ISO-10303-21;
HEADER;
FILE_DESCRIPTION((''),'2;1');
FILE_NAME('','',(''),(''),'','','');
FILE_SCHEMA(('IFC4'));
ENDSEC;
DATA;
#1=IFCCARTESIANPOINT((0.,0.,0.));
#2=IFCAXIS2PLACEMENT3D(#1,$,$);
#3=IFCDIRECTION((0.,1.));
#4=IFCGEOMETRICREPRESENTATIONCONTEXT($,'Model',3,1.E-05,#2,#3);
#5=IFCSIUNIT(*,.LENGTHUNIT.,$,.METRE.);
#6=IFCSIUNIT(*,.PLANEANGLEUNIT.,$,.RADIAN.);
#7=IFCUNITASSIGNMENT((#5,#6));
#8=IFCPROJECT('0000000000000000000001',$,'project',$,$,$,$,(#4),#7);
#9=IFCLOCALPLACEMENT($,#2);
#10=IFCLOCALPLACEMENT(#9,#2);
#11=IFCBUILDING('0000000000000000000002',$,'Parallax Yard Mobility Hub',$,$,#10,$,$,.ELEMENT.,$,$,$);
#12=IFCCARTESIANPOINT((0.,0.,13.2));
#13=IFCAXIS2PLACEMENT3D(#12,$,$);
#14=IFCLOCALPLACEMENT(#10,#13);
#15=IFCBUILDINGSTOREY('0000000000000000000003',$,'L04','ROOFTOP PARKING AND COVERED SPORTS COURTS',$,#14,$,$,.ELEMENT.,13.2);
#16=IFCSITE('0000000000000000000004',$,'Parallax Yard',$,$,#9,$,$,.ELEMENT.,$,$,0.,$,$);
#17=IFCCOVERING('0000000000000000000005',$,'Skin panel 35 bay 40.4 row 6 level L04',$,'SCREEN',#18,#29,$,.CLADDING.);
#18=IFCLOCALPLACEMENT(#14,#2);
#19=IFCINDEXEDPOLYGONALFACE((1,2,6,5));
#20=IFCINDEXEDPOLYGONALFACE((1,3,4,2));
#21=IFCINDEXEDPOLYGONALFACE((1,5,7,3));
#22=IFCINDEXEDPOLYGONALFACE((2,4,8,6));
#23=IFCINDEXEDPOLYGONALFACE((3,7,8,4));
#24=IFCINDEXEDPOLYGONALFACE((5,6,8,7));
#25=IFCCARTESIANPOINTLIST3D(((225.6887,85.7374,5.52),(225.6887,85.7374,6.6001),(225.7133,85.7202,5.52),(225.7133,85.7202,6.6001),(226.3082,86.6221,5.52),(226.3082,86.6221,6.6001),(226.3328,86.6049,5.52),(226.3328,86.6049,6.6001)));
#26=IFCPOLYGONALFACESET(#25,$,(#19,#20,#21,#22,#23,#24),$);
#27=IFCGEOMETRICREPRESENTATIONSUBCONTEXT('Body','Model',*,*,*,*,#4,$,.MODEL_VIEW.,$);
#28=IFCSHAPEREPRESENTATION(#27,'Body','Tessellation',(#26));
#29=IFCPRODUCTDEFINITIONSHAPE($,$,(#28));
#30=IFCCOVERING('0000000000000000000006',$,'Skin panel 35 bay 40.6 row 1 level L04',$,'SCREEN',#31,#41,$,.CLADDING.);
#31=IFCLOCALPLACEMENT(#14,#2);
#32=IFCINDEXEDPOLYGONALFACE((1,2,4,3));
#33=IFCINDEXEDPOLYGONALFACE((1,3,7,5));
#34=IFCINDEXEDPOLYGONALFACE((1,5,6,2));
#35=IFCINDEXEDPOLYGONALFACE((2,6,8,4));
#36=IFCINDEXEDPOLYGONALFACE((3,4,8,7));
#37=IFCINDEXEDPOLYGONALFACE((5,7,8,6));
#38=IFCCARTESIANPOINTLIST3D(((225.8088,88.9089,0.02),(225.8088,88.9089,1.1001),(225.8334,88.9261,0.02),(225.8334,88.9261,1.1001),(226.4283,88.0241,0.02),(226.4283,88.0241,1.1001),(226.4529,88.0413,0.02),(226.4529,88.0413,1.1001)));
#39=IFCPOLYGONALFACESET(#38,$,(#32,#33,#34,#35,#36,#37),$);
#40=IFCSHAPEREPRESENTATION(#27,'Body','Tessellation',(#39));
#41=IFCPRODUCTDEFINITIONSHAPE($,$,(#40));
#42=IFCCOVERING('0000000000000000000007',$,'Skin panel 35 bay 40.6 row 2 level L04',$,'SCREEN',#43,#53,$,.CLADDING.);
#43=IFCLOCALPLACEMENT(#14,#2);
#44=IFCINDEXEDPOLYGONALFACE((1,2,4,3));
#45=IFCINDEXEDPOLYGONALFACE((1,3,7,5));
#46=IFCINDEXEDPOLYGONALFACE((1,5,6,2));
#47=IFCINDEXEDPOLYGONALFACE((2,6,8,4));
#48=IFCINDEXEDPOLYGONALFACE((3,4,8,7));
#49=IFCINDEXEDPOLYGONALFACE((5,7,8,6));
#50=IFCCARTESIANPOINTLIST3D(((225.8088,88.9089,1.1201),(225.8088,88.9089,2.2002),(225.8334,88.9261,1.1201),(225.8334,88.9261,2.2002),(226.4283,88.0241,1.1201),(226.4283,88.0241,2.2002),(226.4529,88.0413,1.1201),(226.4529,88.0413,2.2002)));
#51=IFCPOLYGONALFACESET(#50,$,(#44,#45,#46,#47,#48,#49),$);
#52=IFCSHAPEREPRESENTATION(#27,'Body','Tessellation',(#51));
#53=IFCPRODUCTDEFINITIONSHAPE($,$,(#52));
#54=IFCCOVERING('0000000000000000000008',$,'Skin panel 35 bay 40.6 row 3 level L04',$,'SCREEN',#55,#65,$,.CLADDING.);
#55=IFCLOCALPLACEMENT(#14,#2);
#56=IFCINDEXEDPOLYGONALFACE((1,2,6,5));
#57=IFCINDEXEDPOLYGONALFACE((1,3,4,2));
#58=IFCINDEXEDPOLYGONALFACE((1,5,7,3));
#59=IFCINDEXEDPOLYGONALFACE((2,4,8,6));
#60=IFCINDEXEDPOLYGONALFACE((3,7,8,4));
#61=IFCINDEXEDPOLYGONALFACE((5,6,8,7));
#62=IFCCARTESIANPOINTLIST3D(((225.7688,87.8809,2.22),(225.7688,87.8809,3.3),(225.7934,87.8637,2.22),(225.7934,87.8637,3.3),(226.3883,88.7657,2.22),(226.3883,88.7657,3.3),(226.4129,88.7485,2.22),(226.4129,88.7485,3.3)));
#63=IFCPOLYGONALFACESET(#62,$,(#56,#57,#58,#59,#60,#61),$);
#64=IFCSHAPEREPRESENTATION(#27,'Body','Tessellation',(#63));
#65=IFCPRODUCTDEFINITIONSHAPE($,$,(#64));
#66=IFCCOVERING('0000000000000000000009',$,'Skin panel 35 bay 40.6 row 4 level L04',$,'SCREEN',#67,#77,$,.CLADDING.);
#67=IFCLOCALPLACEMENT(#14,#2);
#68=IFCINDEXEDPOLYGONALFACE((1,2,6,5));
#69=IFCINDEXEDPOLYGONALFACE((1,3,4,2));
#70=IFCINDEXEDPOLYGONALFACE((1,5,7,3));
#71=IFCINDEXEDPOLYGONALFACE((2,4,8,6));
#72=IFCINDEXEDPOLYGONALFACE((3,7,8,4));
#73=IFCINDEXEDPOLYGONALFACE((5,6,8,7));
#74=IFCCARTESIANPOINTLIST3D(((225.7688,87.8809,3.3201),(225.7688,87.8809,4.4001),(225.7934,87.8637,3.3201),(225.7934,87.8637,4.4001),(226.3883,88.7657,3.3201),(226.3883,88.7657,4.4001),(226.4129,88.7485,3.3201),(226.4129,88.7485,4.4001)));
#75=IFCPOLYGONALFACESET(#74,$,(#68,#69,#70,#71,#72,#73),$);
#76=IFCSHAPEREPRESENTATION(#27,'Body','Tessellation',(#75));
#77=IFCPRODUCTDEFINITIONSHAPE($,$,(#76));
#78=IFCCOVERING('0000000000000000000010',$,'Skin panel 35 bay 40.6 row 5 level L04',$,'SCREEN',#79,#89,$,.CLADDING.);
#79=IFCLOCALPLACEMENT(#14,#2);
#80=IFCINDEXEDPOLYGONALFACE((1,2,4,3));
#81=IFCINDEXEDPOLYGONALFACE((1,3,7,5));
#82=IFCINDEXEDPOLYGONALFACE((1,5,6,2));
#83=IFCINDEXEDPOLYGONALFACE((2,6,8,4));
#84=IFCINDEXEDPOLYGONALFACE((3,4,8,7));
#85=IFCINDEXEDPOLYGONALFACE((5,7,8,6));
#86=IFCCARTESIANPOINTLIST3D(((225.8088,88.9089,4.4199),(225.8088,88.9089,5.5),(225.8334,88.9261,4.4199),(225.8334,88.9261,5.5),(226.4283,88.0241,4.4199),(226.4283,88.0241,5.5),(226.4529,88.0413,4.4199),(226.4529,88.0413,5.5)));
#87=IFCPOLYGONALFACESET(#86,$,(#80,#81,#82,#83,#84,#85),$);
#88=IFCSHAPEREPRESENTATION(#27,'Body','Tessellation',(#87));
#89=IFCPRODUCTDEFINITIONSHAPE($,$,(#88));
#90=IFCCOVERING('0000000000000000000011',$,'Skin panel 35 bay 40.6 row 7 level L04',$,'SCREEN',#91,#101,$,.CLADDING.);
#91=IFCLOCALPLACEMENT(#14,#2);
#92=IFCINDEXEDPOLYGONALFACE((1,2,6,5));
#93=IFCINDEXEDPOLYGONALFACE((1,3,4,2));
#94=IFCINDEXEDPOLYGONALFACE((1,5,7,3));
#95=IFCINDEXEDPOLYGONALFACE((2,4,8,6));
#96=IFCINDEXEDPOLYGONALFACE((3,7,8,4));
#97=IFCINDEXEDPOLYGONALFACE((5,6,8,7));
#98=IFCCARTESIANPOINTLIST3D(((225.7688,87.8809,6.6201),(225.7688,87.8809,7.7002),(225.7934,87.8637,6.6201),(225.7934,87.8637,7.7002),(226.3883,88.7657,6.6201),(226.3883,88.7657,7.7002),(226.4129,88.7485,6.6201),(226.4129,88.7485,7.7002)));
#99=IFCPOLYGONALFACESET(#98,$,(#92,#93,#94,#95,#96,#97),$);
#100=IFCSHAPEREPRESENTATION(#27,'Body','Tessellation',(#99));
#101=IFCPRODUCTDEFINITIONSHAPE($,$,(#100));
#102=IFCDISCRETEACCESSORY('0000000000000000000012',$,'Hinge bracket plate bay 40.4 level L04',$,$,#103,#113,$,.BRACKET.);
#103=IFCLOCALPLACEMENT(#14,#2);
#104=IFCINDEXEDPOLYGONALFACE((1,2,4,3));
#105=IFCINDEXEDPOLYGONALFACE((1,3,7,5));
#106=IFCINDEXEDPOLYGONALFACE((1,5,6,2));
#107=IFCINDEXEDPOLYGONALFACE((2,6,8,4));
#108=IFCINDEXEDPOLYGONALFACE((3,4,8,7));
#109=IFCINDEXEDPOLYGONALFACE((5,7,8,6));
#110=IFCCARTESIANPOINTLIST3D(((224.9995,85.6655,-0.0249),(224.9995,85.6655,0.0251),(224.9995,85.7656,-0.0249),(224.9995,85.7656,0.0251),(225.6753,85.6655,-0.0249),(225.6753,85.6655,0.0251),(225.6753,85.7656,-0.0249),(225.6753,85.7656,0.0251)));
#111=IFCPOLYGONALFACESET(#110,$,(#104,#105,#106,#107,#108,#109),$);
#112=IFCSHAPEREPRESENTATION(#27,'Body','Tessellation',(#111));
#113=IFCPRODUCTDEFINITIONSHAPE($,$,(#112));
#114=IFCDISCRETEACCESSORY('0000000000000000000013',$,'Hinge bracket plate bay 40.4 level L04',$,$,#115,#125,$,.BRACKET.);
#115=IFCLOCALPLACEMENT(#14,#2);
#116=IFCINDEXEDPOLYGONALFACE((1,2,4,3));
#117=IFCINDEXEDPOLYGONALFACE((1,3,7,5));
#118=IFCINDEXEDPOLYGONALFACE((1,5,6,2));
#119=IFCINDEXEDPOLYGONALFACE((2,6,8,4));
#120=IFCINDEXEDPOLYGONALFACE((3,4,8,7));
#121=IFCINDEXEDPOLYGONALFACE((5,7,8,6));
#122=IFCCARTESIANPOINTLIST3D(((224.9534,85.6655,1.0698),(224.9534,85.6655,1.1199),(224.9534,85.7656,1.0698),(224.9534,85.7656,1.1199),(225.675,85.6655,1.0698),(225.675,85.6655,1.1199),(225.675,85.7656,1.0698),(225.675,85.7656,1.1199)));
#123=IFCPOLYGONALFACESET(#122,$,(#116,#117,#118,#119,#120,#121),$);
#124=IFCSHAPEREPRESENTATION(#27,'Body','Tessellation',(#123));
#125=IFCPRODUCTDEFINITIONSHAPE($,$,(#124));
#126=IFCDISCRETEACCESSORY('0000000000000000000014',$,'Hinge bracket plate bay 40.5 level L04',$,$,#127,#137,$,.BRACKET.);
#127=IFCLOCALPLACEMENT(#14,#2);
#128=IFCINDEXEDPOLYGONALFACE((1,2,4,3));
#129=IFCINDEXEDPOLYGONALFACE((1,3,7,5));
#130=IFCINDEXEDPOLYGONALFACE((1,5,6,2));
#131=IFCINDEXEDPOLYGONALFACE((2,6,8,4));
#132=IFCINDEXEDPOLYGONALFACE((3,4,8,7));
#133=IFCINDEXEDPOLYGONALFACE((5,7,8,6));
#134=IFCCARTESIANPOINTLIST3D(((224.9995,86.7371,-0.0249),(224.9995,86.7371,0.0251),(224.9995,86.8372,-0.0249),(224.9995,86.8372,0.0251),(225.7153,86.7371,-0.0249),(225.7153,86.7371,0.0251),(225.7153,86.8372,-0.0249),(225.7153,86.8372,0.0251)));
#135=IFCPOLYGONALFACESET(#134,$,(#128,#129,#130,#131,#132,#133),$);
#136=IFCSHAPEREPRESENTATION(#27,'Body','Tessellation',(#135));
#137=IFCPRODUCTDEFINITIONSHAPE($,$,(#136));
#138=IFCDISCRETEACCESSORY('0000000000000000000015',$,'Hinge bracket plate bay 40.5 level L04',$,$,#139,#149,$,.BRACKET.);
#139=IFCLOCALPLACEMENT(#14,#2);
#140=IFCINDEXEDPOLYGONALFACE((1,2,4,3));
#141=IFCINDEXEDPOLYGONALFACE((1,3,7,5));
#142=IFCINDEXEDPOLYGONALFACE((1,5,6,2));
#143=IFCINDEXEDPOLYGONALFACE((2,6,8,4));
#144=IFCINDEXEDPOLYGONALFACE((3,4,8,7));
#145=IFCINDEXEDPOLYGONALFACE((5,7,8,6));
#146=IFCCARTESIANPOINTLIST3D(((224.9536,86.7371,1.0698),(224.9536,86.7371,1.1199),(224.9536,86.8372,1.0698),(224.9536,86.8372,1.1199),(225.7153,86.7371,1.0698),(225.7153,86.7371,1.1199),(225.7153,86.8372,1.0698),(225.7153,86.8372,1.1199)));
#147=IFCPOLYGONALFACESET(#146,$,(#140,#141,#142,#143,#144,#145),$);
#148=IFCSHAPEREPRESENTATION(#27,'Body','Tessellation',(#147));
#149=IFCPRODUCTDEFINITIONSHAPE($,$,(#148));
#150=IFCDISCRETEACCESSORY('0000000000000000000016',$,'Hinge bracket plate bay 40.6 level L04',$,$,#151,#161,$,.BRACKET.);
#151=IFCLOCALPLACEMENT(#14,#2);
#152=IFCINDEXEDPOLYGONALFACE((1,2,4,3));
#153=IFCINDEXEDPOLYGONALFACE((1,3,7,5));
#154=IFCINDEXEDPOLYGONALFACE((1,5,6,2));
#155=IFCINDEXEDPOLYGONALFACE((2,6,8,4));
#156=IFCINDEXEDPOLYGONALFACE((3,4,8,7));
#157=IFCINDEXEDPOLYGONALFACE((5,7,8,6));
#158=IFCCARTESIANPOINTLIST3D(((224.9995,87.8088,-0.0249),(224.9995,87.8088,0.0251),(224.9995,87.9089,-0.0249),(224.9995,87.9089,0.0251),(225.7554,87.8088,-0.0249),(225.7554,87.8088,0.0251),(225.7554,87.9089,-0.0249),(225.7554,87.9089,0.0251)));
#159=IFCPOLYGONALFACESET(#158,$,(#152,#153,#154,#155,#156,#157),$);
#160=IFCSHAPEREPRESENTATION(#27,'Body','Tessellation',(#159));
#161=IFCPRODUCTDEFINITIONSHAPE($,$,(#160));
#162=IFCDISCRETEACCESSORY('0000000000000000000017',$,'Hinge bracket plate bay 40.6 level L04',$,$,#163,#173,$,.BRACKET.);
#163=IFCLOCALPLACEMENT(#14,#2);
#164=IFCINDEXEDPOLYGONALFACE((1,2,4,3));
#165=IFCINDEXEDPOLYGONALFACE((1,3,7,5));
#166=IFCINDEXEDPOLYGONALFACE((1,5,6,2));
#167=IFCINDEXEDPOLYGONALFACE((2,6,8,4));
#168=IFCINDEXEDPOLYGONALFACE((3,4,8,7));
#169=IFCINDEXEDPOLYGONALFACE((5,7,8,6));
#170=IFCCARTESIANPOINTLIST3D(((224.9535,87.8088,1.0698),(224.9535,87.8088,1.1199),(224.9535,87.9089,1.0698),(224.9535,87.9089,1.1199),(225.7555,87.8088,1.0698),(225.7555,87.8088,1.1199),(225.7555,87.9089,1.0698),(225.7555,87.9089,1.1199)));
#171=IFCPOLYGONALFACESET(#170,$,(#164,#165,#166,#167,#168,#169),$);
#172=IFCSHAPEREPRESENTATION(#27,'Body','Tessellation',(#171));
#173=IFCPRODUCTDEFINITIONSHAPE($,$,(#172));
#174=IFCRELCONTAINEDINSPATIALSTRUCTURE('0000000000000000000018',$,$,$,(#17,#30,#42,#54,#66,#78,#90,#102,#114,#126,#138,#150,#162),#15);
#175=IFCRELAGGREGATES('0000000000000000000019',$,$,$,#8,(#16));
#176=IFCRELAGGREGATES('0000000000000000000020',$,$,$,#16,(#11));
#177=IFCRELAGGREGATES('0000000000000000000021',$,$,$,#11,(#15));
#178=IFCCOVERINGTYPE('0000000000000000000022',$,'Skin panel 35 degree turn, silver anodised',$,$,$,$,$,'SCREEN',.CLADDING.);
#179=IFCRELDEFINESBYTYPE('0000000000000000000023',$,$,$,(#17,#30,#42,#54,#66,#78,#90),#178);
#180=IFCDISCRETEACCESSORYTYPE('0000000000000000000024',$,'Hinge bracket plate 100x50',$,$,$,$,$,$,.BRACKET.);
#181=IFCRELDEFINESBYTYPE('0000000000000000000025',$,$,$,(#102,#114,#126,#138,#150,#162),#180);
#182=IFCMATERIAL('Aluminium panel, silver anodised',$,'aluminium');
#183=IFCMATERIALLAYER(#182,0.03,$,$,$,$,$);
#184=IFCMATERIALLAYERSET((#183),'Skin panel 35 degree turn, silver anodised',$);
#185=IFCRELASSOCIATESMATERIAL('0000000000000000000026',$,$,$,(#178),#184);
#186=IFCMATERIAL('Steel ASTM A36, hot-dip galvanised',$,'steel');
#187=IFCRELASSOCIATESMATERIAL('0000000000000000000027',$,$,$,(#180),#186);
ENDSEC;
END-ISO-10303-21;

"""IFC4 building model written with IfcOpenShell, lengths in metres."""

from ifc_helpers import new_model, si_unit, direction, frame, origin, origin_2d, place, context, subcontext, project, spatial, rectangle, extrude, material, layer, layer_set, type_object, element, save


model = new_model("IFC4")

# Units and contexts
model_context = context("Model", 3, precision=1e-05, world=origin(), true_north=direction((0.0, 1.0)))
body_context = subcontext(model_context, "Body", "Model", "MODEL_VIEW")
ifc_project = project(units=[si_unit("LENGTHUNIT", "METRE"), si_unit("PLANEANGLEUNIT", "RADIAN")], contexts=[model_context])

# Site, building, storey
site_placement = place(None, origin())
site = spatial("IfcSite", under=ifc_project, at=site_placement, Name="Parallax Yard", CompositionType="ELEMENT", RefElevation=0.0)
building_placement = place(site_placement, origin())
building = spatial("IfcBuilding", under=site, at=building_placement, Name="Parallax Yard Mobility Hub", CompositionType="ELEMENT")
storey_placement = place(building_placement, frame((0.0, 0.0, 13.2)))
storey = spatial("IfcBuildingStorey", under=building, at=storey_placement, Name="L04", Description="ROOFTOP PARKING AND COVERED SPORTS COURTS", CompositionType="ELEMENT", Elevation=13.2)

# Coverings
ifc_material_1 = material(Name="Aluminium panel, silver anodised", Category="aluminium")
ifc_layer_1 = layer(ifc_material_1, 0.03)
ifc_layer_set_1 = layer_set([ifc_layer_1], Name="Skin panel 35 degree turn, silver anodised")
covering_type_1 = type_object("IfcCoveringType", Name="Skin panel 35 degree turn, silver anodised", ElementType="SCREEN", PredefinedType="CLADDING", material=ifc_layer_set_1)
for number, where, z_axis, x_axis, name in (
    (1, (226.0107, 86.1711, 5.52), (0.0, 0.0, 1.0), (0.573576, 0.819152, 0.0), "Skin panel 35 bay 40.4 row 6 level L04"),
    (2, (226.1309, 88.4751, 0.02), (0.0, 0.0, 1.0), (0.573576, -0.819152, 0.0), "Skin panel 35 bay 40.6 row 1 level L04"),
    (3, (226.1309, 88.4751, 1.1201), (0.0, 0.0, 1.0), (0.573576, -0.819152, 0.0), "Skin panel 35 bay 40.6 row 2 level L04"),
    (4, (226.0908, 88.3147, 2.22), (0.0, 0.0, 1.0), (0.573576, 0.819152, 0.0), "Skin panel 35 bay 40.6 row 3 level L04"),
    (5, (226.0908, 88.3147, 3.3201), (0.0, 0.0, 1.0), (0.573576, 0.819152, 0.0), "Skin panel 35 bay 40.6 row 4 level L04"),
    (6, (226.1309, 88.4751, 4.4199), (0.0, 0.0, 1.0), (0.573576, -0.819152, 0.0), "Skin panel 35 bay 40.6 row 5 level L04"),
    (7, (226.0908, 88.3147, 6.6201), (0.0, 0.0, 1.0), (0.573576, 0.819152, 0.0), "Skin panel 35 bay 40.6 row 7 level L04"),
):
    element("IfcCovering", number, at=place(storey_placement, frame(where, z_axis=z_axis, x_axis=x_axis)), inside=storey, type_object=covering_type_1, Name=name, ObjectType="SCREEN", PredefinedType="CLADDING", context=body_context, shape_type="SweptSolid", body=[
        extrude(rectangle(XDim=1.0801, YDim=0.03, at=origin_2d()), origin(), (0.0, 0.0, 1.0), 1.0801),
    ])

# Discrete accessories
ifc_material_2 = material(Name="Steel ASTM A36, hot-dip galvanised", Category="steel")
discrete_accessory_type_1 = type_object("IfcDiscreteAccessoryType", Name="Hinge bracket plate 100x50", PredefinedType="BRACKET", material=ifc_material_2)
discrete_accessory_1_placement = place(storey_placement, frame((225.3374, 85.7156, -0.0249), z_axis=(0.0, 0.0, 1.0), x_axis=(1.0, 0.0, 0.0)))
element("IfcDiscreteAccessory", 8, at=discrete_accessory_1_placement, inside=storey, type_object=discrete_accessory_type_1, Name="Hinge bracket plate bay 40.4 level L04", PredefinedType="BRACKET", context=body_context, shape_type="SweptSolid", body=[
    extrude(rectangle(XDim=0.6758, YDim=0.1001, at=origin_2d()), origin(), (0.0, 0.0, 1.0), 0.05),
])
discrete_accessory_2_placement = place(storey_placement, frame((225.3142, 85.7156, 1.0698), z_axis=(0.0, 0.0, 1.0), x_axis=(1.0, 0.0, 0.0)))
element("IfcDiscreteAccessory", 9, at=discrete_accessory_2_placement, inside=storey, type_object=discrete_accessory_type_1, Name="Hinge bracket plate bay 40.4 level L04", PredefinedType="BRACKET", context=body_context, shape_type="SweptSolid", body=[
    extrude(rectangle(XDim=0.7217, YDim=0.1001, at=origin_2d()), origin(), (0.0, 0.0, 1.0), 0.05),
])
discrete_accessory_3_placement = place(storey_placement, frame((225.3574, 86.7871, -0.0249), z_axis=(0.0, 0.0, 1.0), x_axis=(1.0, 0.0, 0.0)))
element("IfcDiscreteAccessory", 10, at=discrete_accessory_3_placement, inside=storey, type_object=discrete_accessory_type_1, Name="Hinge bracket plate bay 40.5 level L04", PredefinedType="BRACKET", context=body_context, shape_type="SweptSolid", body=[
    extrude(rectangle(XDim=0.7158, YDim=0.1001, at=origin_2d()), origin(), (0.0, 0.0, 1.0), 0.05),
])
discrete_accessory_4_placement = place(storey_placement, frame((225.3345, 86.7871, 1.0698), z_axis=(0.0, 0.0, 1.0), x_axis=(1.0, 0.0, 0.0)))
element("IfcDiscreteAccessory", 11, at=discrete_accessory_4_placement, inside=storey, type_object=discrete_accessory_type_1, Name="Hinge bracket plate bay 40.5 level L04", PredefinedType="BRACKET", context=body_context, shape_type="SweptSolid", body=[
    extrude(rectangle(XDim=0.7617, YDim=0.1001, at=origin_2d()), origin(), (0.0, 0.0, 1.0), 0.05),
])
discrete_accessory_5_placement = place(storey_placement, frame((225.3774, 87.8589, -0.0249), z_axis=(0.0, 0.0, 1.0), x_axis=(1.0, 0.0, 0.0)))
element("IfcDiscreteAccessory", 12, at=discrete_accessory_5_placement, inside=storey, type_object=discrete_accessory_type_1, Name="Hinge bracket plate bay 40.6 level L04", PredefinedType="BRACKET", context=body_context, shape_type="SweptSolid", body=[
    extrude(rectangle(XDim=0.7559, YDim=0.1001, at=origin_2d()), origin(), (0.0, 0.0, 1.0), 0.05),
])
discrete_accessory_6_placement = place(storey_placement, frame((225.3545, 87.8589, 1.0698), z_axis=(0.0, 0.0, 1.0), x_axis=(1.0, 0.0, 0.0)))
element("IfcDiscreteAccessory", 13, at=discrete_accessory_6_placement, inside=storey, type_object=discrete_accessory_type_1, Name="Hinge bracket plate bay 40.6 level L04", PredefinedType="BRACKET", context=body_context, shape_type="SweptSolid", body=[
    extrude(rectangle(XDim=0.802, YDim=0.1001, at=origin_2d()), origin(), (0.0, 0.0, 1.0), 0.05),
])

save(model, "model.ifc")
